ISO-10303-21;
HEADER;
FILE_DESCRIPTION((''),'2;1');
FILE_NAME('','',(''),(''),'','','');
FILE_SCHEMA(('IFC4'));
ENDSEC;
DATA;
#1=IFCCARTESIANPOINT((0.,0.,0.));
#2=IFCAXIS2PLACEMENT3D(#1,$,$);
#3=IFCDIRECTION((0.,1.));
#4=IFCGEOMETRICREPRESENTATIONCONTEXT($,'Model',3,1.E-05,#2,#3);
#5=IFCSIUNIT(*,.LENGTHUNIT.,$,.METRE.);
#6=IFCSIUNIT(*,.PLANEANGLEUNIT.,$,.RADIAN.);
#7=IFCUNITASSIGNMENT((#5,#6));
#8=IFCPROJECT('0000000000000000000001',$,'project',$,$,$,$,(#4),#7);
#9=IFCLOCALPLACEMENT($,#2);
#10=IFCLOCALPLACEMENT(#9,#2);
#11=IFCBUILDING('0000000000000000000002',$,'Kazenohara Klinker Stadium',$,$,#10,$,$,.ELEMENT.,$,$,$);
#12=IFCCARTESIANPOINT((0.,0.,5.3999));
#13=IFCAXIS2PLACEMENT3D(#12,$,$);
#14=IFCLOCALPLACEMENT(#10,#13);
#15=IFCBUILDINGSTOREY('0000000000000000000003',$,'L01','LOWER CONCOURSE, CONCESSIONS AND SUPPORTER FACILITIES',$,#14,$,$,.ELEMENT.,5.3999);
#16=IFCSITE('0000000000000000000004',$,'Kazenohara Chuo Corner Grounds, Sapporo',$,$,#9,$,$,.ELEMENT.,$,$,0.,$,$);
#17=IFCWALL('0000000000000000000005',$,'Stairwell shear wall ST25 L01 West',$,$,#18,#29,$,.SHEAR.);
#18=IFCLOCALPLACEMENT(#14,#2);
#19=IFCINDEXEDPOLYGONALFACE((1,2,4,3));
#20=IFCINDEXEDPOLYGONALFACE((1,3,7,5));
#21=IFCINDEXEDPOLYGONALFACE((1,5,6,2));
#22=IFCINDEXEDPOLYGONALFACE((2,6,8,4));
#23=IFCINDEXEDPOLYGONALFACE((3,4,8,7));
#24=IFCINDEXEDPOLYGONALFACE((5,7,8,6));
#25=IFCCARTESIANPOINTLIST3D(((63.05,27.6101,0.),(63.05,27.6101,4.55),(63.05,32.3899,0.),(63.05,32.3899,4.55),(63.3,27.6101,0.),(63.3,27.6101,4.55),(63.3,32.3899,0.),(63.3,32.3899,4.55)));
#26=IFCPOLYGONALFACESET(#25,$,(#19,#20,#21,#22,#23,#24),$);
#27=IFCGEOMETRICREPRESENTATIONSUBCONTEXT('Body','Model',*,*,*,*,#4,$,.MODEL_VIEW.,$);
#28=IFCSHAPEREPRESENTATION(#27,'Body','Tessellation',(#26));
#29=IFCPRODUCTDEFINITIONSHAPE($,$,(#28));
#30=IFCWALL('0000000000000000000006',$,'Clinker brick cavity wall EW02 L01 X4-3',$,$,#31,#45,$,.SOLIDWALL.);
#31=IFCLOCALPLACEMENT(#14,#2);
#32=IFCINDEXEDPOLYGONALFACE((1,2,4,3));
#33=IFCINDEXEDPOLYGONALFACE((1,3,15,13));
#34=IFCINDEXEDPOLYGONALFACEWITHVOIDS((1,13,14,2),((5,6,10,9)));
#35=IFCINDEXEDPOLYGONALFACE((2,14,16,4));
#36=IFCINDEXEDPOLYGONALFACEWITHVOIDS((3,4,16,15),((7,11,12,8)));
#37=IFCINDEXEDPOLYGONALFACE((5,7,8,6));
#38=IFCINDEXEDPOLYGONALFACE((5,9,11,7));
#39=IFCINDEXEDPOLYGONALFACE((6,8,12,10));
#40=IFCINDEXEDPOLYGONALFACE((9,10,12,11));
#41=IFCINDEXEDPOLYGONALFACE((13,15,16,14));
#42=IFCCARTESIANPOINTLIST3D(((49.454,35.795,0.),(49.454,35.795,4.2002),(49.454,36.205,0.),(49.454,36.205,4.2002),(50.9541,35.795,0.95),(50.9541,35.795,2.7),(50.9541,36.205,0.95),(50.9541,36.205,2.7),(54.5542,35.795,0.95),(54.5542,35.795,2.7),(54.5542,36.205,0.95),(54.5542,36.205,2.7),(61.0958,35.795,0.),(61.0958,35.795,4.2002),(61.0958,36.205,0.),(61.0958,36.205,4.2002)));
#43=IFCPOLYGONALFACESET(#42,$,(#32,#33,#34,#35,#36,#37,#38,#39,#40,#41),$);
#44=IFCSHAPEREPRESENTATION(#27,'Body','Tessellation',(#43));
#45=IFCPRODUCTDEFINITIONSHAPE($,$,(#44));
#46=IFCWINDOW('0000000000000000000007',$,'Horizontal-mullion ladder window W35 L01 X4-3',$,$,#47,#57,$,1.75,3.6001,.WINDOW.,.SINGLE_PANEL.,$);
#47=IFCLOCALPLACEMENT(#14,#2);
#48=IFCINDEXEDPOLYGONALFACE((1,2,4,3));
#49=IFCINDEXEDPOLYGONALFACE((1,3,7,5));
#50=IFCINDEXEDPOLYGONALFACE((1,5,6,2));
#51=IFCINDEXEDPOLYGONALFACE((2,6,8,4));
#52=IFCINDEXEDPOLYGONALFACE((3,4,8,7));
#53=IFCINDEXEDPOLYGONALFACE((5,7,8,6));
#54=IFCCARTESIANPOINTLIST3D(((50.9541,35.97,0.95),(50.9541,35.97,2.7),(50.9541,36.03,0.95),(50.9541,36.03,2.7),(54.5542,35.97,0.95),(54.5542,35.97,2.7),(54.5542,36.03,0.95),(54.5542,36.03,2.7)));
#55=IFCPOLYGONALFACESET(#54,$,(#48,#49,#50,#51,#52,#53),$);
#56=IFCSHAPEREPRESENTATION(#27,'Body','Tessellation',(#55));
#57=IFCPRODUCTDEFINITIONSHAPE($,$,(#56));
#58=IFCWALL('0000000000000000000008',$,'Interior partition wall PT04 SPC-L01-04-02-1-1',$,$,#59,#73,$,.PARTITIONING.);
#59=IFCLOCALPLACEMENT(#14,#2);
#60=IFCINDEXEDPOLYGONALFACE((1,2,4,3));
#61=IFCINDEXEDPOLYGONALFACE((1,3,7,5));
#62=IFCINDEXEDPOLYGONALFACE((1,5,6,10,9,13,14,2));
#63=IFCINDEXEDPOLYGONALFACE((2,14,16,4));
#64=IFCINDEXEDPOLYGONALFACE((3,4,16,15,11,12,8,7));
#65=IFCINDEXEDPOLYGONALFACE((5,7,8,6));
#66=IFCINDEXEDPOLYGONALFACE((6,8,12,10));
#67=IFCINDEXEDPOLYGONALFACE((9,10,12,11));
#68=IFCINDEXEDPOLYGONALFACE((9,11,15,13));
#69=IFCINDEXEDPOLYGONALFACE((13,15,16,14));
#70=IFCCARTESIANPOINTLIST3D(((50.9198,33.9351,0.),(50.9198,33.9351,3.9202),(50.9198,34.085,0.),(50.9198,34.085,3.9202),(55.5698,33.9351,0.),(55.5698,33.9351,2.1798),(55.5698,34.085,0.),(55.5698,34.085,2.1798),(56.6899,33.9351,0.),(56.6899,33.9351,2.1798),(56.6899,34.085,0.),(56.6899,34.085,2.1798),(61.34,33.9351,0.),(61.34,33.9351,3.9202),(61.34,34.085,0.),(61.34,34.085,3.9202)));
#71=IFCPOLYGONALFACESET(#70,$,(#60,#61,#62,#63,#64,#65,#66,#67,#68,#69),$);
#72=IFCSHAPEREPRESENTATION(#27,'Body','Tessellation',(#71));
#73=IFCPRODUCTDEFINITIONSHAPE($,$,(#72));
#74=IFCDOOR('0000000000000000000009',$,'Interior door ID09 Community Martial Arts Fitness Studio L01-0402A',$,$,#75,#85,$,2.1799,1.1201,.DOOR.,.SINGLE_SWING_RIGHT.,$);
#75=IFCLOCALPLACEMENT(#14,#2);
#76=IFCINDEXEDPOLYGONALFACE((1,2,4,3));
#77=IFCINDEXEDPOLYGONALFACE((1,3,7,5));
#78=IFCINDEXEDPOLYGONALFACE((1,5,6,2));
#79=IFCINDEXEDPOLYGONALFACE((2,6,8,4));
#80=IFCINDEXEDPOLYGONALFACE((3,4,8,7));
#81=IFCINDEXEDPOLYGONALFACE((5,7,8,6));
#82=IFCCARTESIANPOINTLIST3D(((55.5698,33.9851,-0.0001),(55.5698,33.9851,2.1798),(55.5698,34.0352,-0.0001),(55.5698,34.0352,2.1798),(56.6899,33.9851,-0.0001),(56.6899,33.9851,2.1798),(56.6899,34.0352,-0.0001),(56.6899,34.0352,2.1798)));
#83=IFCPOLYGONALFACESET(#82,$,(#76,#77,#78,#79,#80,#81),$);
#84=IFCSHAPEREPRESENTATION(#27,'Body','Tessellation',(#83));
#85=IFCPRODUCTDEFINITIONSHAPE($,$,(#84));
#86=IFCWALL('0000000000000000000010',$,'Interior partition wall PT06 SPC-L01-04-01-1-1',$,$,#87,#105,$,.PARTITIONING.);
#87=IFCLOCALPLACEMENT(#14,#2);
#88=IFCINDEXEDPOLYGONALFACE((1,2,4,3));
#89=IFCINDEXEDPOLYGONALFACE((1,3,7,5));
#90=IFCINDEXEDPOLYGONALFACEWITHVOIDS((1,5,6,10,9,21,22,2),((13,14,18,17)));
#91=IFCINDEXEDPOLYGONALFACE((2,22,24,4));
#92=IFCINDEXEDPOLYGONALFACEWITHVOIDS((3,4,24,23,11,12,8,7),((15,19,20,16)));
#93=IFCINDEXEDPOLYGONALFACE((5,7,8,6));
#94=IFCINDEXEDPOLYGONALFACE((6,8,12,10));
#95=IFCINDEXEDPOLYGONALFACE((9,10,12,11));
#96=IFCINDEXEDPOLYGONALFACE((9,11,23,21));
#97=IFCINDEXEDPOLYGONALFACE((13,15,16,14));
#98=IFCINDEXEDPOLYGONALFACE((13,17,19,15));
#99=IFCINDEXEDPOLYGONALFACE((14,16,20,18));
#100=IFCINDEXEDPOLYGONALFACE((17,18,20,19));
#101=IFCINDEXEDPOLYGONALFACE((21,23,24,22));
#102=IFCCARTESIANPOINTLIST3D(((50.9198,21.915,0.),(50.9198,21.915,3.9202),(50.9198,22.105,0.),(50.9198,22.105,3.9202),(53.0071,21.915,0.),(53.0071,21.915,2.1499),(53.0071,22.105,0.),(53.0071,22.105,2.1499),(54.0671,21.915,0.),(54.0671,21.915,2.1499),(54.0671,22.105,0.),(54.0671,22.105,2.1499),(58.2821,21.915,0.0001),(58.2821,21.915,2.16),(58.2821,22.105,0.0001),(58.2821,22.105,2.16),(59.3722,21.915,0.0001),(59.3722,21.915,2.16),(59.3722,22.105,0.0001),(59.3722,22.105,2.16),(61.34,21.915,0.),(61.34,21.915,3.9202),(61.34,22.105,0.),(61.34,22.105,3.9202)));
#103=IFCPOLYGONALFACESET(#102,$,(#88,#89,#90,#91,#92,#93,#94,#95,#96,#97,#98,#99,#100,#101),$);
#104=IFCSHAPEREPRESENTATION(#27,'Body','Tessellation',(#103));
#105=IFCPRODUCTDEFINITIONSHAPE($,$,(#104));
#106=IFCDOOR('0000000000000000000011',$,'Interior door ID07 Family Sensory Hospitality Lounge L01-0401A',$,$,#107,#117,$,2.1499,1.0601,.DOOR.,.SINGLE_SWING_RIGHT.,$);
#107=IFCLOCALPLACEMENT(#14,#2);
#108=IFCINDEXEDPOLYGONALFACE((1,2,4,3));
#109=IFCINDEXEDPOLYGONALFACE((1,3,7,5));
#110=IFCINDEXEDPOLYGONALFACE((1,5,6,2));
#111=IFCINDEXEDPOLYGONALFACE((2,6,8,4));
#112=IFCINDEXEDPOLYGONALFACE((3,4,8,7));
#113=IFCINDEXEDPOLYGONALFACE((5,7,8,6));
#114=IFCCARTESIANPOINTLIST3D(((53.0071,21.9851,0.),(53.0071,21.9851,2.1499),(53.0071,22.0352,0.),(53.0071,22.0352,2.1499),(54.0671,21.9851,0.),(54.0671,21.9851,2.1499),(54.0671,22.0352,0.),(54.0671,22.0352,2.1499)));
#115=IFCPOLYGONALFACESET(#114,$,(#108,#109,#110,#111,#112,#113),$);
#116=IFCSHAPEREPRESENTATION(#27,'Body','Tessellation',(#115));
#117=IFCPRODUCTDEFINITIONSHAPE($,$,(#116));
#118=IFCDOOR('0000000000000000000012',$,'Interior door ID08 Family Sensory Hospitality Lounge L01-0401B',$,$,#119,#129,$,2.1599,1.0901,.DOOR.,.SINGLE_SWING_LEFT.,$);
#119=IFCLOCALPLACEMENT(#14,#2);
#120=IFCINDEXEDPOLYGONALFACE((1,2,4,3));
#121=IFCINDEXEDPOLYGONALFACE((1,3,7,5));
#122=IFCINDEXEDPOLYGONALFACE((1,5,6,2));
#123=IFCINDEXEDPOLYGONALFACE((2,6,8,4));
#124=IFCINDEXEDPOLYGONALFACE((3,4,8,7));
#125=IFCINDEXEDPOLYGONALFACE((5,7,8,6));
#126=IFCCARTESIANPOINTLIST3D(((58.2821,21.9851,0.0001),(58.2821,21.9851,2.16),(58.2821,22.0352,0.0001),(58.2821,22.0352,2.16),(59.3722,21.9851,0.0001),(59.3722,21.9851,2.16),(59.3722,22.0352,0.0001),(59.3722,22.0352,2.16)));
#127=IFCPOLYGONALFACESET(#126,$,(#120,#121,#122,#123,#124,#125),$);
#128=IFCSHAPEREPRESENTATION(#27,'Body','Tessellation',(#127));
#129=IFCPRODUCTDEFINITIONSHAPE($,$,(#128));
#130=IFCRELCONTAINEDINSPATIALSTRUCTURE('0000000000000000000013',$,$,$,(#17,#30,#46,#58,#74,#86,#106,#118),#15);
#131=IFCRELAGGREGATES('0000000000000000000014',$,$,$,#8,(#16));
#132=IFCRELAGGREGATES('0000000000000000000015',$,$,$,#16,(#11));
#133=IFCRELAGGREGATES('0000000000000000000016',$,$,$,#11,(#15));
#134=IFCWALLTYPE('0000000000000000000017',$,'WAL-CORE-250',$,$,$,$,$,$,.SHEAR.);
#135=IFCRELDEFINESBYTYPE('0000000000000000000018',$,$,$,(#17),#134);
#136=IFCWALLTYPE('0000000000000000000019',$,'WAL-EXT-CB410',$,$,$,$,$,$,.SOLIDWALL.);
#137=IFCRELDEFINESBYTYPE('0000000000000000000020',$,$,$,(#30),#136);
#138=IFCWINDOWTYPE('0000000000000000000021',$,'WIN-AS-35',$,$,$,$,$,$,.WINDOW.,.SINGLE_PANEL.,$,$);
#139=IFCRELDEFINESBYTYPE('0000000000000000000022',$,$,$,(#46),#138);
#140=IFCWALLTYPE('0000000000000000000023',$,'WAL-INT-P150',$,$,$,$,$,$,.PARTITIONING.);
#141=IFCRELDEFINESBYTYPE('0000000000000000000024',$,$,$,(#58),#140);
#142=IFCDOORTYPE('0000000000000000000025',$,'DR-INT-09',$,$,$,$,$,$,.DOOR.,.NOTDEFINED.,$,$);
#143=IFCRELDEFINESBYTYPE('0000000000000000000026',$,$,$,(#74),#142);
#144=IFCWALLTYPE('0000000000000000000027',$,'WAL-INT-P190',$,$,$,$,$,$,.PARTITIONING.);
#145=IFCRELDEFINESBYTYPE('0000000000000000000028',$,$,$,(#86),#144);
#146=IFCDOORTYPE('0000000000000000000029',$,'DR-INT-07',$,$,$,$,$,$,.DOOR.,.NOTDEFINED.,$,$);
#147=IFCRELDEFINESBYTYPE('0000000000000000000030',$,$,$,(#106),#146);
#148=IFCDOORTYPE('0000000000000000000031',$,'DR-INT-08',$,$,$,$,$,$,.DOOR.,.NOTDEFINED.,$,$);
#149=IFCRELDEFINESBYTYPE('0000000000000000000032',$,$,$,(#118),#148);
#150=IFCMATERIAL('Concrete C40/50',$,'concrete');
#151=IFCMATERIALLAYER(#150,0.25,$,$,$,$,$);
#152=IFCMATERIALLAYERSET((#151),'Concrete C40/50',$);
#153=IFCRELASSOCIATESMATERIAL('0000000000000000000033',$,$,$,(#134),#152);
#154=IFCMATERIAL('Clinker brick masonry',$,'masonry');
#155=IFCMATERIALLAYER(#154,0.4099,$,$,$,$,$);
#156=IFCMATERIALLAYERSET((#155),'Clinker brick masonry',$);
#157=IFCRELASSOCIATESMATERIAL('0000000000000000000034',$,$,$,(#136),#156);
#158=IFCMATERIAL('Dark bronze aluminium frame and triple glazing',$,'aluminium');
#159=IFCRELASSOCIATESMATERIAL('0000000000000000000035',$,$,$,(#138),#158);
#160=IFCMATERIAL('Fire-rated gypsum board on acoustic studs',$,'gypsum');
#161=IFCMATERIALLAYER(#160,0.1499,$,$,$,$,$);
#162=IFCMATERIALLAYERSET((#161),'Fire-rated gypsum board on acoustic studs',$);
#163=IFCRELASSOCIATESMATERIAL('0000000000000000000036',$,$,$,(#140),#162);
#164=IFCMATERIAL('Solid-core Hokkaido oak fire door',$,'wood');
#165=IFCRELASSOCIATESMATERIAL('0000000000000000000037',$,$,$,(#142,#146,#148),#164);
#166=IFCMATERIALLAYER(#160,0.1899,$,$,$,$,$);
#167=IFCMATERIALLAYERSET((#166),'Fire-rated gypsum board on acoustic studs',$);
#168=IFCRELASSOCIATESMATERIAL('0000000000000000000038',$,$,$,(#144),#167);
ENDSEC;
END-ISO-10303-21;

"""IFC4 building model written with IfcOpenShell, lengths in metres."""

from ifc_helpers import new_model, si_unit, direction, frame, frame_2d, origin, place, context, subcontext, project, spatial, rectangle, extrude, material, layer, layer_set, type_object, element, fill, save


model = new_model("IFC4")

# Units and contexts
model_context = context("Model", 3, precision=1e-05, world=origin(), true_north=direction((0.0, 1.0)))
body_context = subcontext(model_context, "Body", "Model", "MODEL_VIEW")
ifc_project = project(units=[si_unit("LENGTHUNIT", "METRE"), si_unit("PLANEANGLEUNIT", "RADIAN")], contexts=[model_context])

# Site, building, storey
site_placement = place(None, origin())
site = spatial("IfcSite", under=ifc_project, at=site_placement, Name="Kazenohara Chuo Corner Grounds, Sapporo", CompositionType="ELEMENT", RefElevation=0.0)
building_placement = place(site_placement, origin())
building = spatial("IfcBuilding", under=site, at=building_placement, Name="Kazenohara Klinker Stadium", CompositionType="ELEMENT")
storey_placement = place(building_placement, frame((0.0, 0.0, 5.3999)))
storey = spatial("IfcBuildingStorey", under=building, at=storey_placement, Name="L01", Description="LOWER CONCOURSE, CONCESSIONS AND SUPPORTER FACILITIES", CompositionType="ELEMENT", Elevation=5.3999)

# Shared definitions
ifc_material_1 = material(Name="Concrete C40/50", Category="concrete")

# Shared definitions
ifc_layer_1 = layer(ifc_material_1, 0.25)
ifc_layer_set_1 = layer_set([ifc_layer_1], Name="Concrete C40/50")
wall_type_1 = type_object("IfcWallType", Name="WAL-CORE-250", PredefinedType="SHEAR", material=ifc_layer_set_1)

# Wall
wall_1_placement = place(storey_placement, frame((63.175, 27.6101, 0.0), z_axis=(0.0, 0.0, 1.0), x_axis=(0.0, 1.0, 0.0)))
element("IfcWall", 1, at=wall_1_placement, inside=storey, type_object=wall_type_1, Name="Stairwell shear wall ST25 L01 West", PredefinedType="SHEAR", context=body_context, shape_type="SweptSolid", body=[
    extrude(rectangle(XDim=4.7798, YDim=0.25, at=frame_2d((2.3899, 0.0))), origin(), (0.0, 0.0, 1.0), 4.55),
])

# Wall, opening, window
ifc_material_2 = material(Name="Clinker brick masonry", Category="masonry")
ifc_layer_2 = layer(ifc_material_2, 0.4099)
ifc_layer_set_2 = layer_set([ifc_layer_2], Name="Clinker brick masonry")
wall_type_2 = type_object("IfcWallType", Name="WAL-EXT-CB410", PredefinedType="SOLIDWALL", material=ifc_layer_set_2)
wall_2_placement = place(storey_placement, frame((49.4541, 36.0, 0.0), z_axis=(0.0, 0.0, 1.0), x_axis=(1.0, 0.0, 0.0)))
wall_2 = element("IfcWall", 2, at=wall_2_placement, inside=storey, type_object=wall_type_2, Name="Clinker brick cavity wall EW02 L01 X4-3", PredefinedType="SOLIDWALL", context=body_context, shape_type="SweptSolid", body=[
    extrude(rectangle(XDim=11.6418, YDim=0.4099, at=frame_2d((5.8208, 0.0))), origin(), (0.0, 0.0, 1.0), 4.2002),
])
opening_1_placement = place(wall_2_placement, frame((1.5, 0.0, 0.95)))
opening_1 = element("IfcOpeningElement", 3, at=opening_1_placement, cuts=wall_2, PredefinedType="OPENING", context=body_context, shape_type="SweptSolid", body=[
    extrude(rectangle(XDim=3.6001, YDim=1.75, at=frame_2d((1.8, 0.875))), frame((0.0, 0.2148, 0.0), z_axis=(0.0, -1.0, 0.0), x_axis=(1.0, 0.0, 0.0)), (0.0, 0.0, 1.0), 0.4299),
])
ifc_material_3 = material(Name="Dark bronze aluminium frame and triple glazing", Category="aluminium")
window_type = type_object("IfcWindowType", Name="WIN-AS-35", PartitioningType="SINGLE_PANEL", PredefinedType="WINDOW", material=ifc_material_3)
window_placement = place(opening_1_placement, origin())
window = element("IfcWindow", 4, at=window_placement, inside=storey, type_object=window_type, Name="Horizontal-mullion ladder window W35 L01 X4-3", OverallHeight=1.75, OverallWidth=3.6001, PartitioningType="SINGLE_PANEL", PredefinedType="WINDOW", context=body_context, shape_type="SweptSolid", body=[
    extrude(rectangle(XDim=3.6001, YDim=1.75, at=frame_2d((1.8, 0.875))), frame((0.0, 0.03, 0.0), z_axis=(0.0, -1.0, 0.0), x_axis=(1.0, 0.0, 0.0)), (0.0, 0.0, 1.0), 0.0601),
])
fill(opening_1, window)

# Wall, opening, door
ifc_material_4 = material(Name="Fire-rated gypsum board on acoustic studs", Category="gypsum")
ifc_layer_3 = layer(ifc_material_4, 0.1499)
ifc_layer_set_3 = layer_set([ifc_layer_3], Name="Fire-rated gypsum board on acoustic studs")
wall_type_3 = type_object("IfcWallType", Name="WAL-INT-P150", PredefinedType="PARTITIONING", material=ifc_layer_set_3)
wall_3_placement = place(storey_placement, frame((50.9199, 34.01, 0.0), z_axis=(0.0, 0.0, 1.0), x_axis=(1.0, 0.0, 0.0)))
wall_3 = element("IfcWall", 5, at=wall_3_placement, inside=storey, type_object=wall_type_3, Name="Interior partition wall PT04 SPC-L01-04-02-1-1", PredefinedType="PARTITIONING", context=body_context, shape_type="SweptSolid", body=[
    extrude(rectangle(XDim=10.4202, YDim=0.1499, at=frame_2d((5.21, 0.0))), origin(), (0.0, 0.0, 1.0), 3.9202),
])
opening_2_placement = place(wall_3_placement, frame((5.77, 0.0, 0.0), z_axis=(0.0, 0.0, 1.0), x_axis=(-1.0, 0.0, 0.0)))
opening_2 = element("IfcOpeningElement", 6, at=opening_2_placement, cuts=wall_3, PredefinedType="OPENING", context=body_context, shape_type="SweptSolid", body=[
    extrude(rectangle(XDim=1.1201, YDim=2.1799, at=frame_2d((0.5601, 1.0898))), frame((0.0, 0.085, 0.0), z_axis=(0.0, -1.0, 0.0), x_axis=(1.0, 0.0, 0.0)), (0.0, 0.0, 1.0), 0.1699),
])
ifc_material_5 = material(Name="Solid-core Hokkaido oak fire door", Category="wood")
door_type_1 = type_object("IfcDoorType", Name="DR-INT-09", OperationType="NOTDEFINED", PredefinedType="DOOR", material=ifc_material_5)
door_1_placement = place(opening_2_placement, origin())
door_1 = element("IfcDoor", 7, at=door_1_placement, inside=storey, type_object=door_type_1, Name="Interior door ID09 Community Martial Arts Fitness Studio L01-0402A", OperationType="SINGLE_SWING_RIGHT", OverallHeight=2.1799, OverallWidth=1.1201, PredefinedType="DOOR", context=body_context, shape_type="SweptSolid", body=[
    extrude(rectangle(XDim=1.1201, YDim=2.1799, at=frame_2d((0.5601, 1.0898))), frame((0.0, 0.0249, 0.0), z_axis=(0.0, -1.0, 0.0), x_axis=(1.0, 0.0, 0.0)), (0.0, 0.0, 1.0), 0.05),
])
fill(opening_2, door_1)

# Wall, openings, doors
ifc_layer_4 = layer(ifc_material_4, 0.1899)
ifc_layer_set_4 = layer_set([ifc_layer_4], Name="Fire-rated gypsum board on acoustic studs")
wall_type_4 = type_object("IfcWallType", Name="WAL-INT-P190", PredefinedType="PARTITIONING", material=ifc_layer_set_4)
wall_4_placement = place(storey_placement, frame((50.9199, 22.01, 0.0), z_axis=(0.0, 0.0, 1.0), x_axis=(1.0, 0.0, 0.0)))
wall_4 = element("IfcWall", 8, at=wall_4_placement, inside=storey, type_object=wall_type_4, Name="Interior partition wall PT06 SPC-L01-04-01-1-1", PredefinedType="PARTITIONING", context=body_context, shape_type="SweptSolid", body=[
    extrude(rectangle(XDim=10.4202, YDim=0.1899, at=frame_2d((5.21, 0.0))), origin(), (0.0, 0.0, 1.0), 3.9202),
])
opening_3_placement = place(wall_4_placement, frame((3.1472, 0.0, 0.0), z_axis=(0.0, 0.0, 1.0), x_axis=(-1.0, 0.0, 0.0)))
opening_3 = element("IfcOpeningElement", 9, at=opening_3_placement, cuts=wall_4, PredefinedType="OPENING", context=body_context, shape_type="SweptSolid", body=[
    extrude(rectangle(XDim=1.0601, YDim=2.1499, at=frame_2d((0.53, 1.075))), frame((0.0, 0.105, 0.0), z_axis=(0.0, -1.0, 0.0), x_axis=(1.0, 0.0, 0.0)), (0.0, 0.0, 1.0), 0.21),
])
opening_4_placement = place(wall_4_placement, frame((8.4521, 0.0, 0.0), z_axis=(0.0, 0.0, 1.0), x_axis=(-1.0, 0.0, 0.0)))
opening_4 = element("IfcOpeningElement", 10, at=opening_4_placement, cuts=wall_4, PredefinedType="OPENING", context=body_context, shape_type="SweptSolid", body=[
    extrude(rectangle(XDim=1.0901, YDim=2.1599, at=frame_2d((0.5449, 1.0801))), frame((0.0, 0.105, 0.0), z_axis=(0.0, -1.0, 0.0), x_axis=(1.0, 0.0, 0.0)), (0.0, 0.0, 1.0), 0.21),
])
door_type_2 = type_object("IfcDoorType", Name="DR-INT-07", OperationType="NOTDEFINED", PredefinedType="DOOR", material=ifc_material_5)
door_2_placement = place(opening_3_placement, origin())
door_2 = element("IfcDoor", 11, at=door_2_placement, inside=storey, type_object=door_type_2, Name="Interior door ID07 Family Sensory Hospitality Lounge L01-0401A", OperationType="SINGLE_SWING_RIGHT", OverallHeight=2.1499, OverallWidth=1.0601, PredefinedType="DOOR", context=body_context, shape_type="SweptSolid", body=[
    extrude(rectangle(XDim=1.0601, YDim=2.1499, at=frame_2d((0.53, 1.075))), frame((0.0, 0.0249, 0.0), z_axis=(0.0, -1.0, 0.0), x_axis=(1.0, 0.0, 0.0)), (0.0, 0.0, 1.0), 0.05),
])
fill(opening_3, door_2)
door_type_3 = type_object("IfcDoorType", Name="DR-INT-08", OperationType="NOTDEFINED", PredefinedType="DOOR", material=ifc_material_5)
door_3_placement = place(opening_4_placement, origin())
door_3 = element("IfcDoor", 12, at=door_3_placement, inside=storey, type_object=door_type_3, Name="Interior door ID08 Family Sensory Hospitality Lounge L01-0401B", OperationType="SINGLE_SWING_LEFT", OverallHeight=2.1599, OverallWidth=1.0901, PredefinedType="DOOR", context=body_context, shape_type="SweptSolid", body=[
    extrude(rectangle(XDim=1.0901, YDim=2.1599, at=frame_2d((0.5449, 1.0801))), frame((0.0, 0.0249, 0.0), z_axis=(0.0, -1.0, 0.0), x_axis=(1.0, 0.0, 0.0)), (0.0, 0.0, 1.0), 0.05),
])
fill(opening_4, door_3)

save(model, "model.ifc")
